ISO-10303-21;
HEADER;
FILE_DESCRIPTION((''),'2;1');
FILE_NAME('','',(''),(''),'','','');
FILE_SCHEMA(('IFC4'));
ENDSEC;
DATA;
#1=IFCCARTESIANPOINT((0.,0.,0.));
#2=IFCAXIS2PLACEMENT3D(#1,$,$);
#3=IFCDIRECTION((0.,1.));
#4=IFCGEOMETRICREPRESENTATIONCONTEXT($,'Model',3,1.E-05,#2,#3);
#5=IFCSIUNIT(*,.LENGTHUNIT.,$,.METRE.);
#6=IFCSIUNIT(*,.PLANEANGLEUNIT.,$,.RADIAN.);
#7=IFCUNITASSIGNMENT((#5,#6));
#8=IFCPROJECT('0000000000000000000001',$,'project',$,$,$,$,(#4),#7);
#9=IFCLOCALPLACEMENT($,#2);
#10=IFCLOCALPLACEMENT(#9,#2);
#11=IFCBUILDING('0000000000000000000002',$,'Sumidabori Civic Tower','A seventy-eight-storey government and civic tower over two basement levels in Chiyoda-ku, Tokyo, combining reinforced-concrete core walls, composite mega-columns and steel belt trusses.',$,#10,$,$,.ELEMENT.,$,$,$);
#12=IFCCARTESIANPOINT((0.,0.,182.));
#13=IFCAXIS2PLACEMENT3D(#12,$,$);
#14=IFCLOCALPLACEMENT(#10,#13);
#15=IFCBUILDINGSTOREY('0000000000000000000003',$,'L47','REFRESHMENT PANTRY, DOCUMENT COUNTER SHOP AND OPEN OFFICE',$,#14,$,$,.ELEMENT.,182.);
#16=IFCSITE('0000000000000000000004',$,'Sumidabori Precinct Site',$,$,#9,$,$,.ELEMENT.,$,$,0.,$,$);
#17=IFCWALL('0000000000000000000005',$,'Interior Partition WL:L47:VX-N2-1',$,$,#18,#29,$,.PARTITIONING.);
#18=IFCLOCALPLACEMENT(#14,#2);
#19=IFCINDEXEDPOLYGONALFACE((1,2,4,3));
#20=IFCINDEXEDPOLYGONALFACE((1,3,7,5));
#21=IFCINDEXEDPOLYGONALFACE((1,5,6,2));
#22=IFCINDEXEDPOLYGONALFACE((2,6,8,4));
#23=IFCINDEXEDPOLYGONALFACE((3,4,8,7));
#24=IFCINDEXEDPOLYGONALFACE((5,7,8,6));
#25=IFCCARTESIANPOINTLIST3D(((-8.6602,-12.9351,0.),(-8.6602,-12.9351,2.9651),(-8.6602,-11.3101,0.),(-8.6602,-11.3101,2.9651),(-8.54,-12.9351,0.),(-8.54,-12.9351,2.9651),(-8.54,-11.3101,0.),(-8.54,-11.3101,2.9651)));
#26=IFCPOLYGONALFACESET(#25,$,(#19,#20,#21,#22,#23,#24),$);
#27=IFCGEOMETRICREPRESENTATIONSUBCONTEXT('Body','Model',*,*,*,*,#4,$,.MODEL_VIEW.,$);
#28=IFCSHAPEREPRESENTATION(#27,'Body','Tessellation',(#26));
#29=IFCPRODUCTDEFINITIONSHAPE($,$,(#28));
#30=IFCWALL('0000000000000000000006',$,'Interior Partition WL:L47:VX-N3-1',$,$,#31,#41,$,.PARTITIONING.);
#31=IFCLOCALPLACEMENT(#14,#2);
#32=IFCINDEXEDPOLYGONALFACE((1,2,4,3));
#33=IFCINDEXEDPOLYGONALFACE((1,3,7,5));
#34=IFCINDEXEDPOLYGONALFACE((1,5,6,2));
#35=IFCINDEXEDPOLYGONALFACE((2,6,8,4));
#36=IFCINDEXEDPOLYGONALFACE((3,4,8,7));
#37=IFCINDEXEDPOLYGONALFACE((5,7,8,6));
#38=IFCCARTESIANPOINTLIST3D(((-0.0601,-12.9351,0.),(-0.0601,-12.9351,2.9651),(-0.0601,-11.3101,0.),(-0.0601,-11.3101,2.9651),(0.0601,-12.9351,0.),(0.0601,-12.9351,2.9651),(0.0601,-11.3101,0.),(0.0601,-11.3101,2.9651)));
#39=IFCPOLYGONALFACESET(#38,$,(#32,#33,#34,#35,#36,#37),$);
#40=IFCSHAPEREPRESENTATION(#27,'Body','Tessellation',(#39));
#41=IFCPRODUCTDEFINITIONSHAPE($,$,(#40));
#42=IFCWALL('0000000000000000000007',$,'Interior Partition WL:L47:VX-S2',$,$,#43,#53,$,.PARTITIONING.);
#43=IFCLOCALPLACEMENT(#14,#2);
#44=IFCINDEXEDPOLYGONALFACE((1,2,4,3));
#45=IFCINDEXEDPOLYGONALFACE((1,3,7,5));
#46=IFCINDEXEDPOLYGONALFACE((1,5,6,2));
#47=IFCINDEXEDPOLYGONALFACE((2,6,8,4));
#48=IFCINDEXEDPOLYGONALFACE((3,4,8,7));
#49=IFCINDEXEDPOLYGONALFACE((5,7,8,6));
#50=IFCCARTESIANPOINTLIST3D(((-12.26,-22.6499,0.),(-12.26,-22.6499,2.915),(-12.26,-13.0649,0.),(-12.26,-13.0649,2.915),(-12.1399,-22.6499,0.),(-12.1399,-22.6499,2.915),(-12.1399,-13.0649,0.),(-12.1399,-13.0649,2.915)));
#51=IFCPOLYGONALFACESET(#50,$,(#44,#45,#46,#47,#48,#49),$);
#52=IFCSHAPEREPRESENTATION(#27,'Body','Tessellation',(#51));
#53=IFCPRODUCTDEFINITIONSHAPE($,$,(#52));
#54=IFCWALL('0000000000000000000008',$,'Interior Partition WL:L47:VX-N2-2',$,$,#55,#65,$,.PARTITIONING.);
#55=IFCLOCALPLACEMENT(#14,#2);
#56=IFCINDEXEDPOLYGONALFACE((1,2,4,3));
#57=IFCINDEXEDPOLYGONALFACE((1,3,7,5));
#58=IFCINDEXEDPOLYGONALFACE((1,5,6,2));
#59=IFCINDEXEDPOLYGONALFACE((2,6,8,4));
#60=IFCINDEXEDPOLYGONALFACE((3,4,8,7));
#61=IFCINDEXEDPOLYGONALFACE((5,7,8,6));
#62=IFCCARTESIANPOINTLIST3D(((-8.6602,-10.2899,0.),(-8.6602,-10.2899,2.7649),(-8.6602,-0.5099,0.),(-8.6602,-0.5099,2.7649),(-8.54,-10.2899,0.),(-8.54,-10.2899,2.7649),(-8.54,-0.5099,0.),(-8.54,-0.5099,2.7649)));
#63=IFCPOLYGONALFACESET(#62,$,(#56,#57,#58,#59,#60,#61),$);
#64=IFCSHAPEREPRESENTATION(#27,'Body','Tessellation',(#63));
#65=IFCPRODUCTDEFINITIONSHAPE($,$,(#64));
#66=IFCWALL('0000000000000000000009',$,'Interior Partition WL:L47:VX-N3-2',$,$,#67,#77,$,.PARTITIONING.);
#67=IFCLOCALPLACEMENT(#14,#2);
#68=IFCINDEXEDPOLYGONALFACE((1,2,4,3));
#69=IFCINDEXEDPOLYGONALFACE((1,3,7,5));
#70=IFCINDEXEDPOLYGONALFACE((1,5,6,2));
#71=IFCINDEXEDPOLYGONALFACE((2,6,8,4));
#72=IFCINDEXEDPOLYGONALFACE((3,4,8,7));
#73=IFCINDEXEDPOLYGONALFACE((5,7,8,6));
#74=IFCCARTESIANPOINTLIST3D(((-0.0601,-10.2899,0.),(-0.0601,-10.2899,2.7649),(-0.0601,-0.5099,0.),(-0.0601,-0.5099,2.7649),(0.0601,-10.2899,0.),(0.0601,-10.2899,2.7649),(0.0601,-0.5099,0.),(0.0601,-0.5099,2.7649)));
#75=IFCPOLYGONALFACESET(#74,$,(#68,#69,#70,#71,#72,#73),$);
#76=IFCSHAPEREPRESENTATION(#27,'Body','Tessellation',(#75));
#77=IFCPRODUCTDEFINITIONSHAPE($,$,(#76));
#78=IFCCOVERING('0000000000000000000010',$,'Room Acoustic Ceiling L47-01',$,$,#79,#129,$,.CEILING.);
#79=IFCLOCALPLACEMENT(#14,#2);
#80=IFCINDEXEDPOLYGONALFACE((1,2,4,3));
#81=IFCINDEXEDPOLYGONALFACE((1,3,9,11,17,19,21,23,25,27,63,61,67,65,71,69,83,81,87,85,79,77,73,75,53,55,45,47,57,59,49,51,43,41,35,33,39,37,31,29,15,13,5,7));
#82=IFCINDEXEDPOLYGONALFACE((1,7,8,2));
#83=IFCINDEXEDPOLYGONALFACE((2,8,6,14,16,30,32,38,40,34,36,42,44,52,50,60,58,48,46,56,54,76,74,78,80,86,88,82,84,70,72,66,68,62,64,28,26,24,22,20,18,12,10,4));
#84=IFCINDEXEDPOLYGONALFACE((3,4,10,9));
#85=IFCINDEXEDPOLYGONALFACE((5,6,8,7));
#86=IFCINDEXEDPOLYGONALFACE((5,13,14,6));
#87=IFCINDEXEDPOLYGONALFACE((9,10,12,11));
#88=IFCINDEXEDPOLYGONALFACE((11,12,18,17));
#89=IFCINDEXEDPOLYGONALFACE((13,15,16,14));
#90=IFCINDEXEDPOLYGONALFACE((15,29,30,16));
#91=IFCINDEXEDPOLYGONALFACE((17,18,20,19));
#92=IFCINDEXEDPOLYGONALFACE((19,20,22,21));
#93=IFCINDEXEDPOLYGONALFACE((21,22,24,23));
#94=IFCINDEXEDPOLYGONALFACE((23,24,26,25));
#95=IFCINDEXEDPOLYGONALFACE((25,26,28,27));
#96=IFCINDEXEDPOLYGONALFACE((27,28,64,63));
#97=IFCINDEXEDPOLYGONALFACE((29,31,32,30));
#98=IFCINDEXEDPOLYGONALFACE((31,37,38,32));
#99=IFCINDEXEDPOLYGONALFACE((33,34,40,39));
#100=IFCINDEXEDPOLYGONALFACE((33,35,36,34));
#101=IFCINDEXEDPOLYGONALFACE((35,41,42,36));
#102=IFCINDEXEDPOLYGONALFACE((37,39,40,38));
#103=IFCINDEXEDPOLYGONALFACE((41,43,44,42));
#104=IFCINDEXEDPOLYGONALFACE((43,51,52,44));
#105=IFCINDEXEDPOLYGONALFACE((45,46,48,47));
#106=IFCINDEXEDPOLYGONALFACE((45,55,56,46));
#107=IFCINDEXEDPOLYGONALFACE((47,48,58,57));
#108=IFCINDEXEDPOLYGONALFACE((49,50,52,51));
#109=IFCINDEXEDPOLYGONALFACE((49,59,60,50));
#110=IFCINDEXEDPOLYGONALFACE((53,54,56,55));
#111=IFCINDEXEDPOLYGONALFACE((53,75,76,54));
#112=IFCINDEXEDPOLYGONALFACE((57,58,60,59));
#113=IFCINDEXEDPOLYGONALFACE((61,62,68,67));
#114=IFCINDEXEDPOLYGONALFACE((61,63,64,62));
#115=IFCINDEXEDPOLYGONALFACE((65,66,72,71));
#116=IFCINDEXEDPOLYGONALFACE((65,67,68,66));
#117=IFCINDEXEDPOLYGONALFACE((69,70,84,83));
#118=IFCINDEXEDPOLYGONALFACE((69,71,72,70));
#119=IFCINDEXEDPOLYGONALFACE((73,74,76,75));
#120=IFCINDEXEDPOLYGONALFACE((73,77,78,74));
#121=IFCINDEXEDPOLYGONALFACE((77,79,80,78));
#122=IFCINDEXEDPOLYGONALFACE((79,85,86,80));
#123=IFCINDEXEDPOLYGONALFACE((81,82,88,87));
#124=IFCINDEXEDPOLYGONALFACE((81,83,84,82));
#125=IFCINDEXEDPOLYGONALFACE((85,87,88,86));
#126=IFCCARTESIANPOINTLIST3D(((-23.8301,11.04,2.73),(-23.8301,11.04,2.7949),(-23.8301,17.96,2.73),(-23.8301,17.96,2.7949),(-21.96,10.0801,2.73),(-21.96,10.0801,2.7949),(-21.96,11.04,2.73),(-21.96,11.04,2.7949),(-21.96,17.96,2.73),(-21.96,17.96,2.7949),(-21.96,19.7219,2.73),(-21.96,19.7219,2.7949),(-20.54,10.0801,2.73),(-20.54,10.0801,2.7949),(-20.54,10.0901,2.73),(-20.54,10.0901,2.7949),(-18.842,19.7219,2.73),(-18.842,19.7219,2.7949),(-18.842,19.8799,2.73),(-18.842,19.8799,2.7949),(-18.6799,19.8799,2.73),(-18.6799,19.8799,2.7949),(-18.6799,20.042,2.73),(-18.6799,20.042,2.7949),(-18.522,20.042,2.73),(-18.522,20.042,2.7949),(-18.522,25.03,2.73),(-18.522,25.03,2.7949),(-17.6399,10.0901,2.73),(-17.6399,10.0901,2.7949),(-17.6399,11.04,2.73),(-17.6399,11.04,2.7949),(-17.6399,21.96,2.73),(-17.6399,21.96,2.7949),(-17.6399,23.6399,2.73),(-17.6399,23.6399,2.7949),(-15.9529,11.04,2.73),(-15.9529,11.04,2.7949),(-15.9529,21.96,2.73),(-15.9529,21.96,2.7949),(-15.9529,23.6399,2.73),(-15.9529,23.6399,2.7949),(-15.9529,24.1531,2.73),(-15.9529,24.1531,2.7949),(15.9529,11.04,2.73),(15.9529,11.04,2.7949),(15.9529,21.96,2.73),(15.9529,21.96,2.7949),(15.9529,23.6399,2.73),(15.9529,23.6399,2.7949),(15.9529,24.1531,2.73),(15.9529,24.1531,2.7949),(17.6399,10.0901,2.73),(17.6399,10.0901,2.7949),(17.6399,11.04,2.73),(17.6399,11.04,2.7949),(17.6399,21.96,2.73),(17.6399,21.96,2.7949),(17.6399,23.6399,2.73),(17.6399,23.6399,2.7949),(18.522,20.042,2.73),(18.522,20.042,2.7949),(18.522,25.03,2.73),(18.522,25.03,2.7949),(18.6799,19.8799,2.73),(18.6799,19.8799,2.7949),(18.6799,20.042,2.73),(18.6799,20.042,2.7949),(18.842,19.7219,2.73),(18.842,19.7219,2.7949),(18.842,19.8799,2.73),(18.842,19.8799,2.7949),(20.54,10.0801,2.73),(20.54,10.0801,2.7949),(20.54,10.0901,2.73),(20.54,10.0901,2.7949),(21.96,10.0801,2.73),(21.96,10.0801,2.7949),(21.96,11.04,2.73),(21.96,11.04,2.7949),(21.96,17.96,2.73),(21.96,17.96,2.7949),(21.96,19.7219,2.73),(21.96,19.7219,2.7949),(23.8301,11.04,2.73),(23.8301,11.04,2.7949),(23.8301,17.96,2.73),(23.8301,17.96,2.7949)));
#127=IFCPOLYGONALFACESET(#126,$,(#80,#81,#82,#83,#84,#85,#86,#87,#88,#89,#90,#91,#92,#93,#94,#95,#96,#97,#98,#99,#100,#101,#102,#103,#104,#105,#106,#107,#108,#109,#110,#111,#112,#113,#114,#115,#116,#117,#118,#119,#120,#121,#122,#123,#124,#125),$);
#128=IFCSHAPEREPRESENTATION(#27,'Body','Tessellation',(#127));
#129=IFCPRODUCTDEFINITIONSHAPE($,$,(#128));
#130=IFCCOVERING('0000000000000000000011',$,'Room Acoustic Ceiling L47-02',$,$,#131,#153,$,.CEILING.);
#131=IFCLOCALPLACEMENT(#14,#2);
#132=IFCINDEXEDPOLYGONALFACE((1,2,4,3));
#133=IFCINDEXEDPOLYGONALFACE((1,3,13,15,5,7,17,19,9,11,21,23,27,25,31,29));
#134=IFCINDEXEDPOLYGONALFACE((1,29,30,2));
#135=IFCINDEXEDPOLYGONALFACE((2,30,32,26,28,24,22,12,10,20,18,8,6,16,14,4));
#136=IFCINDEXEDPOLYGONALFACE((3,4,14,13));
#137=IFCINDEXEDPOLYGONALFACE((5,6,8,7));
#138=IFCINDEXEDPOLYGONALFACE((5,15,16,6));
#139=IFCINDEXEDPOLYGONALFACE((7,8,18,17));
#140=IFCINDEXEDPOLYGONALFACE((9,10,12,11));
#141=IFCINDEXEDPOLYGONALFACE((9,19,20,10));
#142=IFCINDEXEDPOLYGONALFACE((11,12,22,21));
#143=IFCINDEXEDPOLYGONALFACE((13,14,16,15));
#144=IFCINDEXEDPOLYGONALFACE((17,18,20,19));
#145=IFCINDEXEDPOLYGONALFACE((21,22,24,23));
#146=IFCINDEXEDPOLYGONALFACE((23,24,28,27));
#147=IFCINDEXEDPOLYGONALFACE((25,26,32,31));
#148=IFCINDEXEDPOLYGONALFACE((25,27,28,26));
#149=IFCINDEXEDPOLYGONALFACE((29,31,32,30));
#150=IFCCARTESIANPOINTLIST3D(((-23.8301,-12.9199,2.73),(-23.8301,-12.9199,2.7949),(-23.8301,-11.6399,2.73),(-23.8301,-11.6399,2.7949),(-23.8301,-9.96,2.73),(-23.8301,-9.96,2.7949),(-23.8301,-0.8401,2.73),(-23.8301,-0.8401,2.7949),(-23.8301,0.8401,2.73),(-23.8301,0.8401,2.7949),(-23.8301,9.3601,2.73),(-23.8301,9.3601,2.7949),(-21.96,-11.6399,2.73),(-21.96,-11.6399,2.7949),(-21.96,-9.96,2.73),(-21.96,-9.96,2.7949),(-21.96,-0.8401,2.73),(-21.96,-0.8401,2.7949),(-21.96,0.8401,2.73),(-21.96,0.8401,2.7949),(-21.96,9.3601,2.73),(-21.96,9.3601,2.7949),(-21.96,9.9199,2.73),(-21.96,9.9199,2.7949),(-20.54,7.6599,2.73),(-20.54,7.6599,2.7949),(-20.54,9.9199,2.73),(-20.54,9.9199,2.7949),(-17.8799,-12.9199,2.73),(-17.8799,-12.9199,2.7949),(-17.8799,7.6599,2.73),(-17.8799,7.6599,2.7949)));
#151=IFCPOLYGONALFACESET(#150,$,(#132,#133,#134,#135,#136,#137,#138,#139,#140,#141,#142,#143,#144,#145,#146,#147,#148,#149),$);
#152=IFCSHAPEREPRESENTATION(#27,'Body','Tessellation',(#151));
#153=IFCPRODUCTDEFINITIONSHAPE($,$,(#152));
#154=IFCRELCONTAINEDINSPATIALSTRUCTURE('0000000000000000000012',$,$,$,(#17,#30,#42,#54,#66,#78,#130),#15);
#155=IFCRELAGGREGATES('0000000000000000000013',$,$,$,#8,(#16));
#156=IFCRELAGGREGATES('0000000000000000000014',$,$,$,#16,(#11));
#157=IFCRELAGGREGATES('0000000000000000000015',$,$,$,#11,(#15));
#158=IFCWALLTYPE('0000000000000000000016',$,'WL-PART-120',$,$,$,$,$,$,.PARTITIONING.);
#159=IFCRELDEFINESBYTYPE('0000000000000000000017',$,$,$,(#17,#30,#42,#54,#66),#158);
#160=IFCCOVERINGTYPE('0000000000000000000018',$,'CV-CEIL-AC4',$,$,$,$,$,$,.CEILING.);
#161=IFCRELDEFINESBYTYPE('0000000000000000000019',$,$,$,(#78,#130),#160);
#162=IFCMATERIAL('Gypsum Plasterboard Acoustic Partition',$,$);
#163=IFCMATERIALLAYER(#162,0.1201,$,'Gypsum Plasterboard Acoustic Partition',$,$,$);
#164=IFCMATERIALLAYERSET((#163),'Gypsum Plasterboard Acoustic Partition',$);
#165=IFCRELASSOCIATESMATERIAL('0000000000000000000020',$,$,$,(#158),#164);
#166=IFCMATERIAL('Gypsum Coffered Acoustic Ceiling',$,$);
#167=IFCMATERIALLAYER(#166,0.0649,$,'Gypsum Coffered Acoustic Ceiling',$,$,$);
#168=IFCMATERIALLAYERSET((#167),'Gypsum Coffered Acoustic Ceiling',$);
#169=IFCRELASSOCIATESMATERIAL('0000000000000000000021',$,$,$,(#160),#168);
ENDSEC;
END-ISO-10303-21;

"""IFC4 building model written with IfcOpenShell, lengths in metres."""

from ifc_helpers import new_model, si_unit, direction, frame, frame_2d, origin, place, context, subcontext, project, spatial, polyline, rectangle, outline, extrude, source, transform, mapped, material, layer, layer_set, type_object, element, save


model = new_model("IFC4")

# Units and contexts
model_context = context("Model", 3, precision=1e-05, world=origin(), true_north=direction((0.0, 1.0)))
body_context = subcontext(model_context, "Body", "Model", "MODEL_VIEW")
ifc_project = project(units=[si_unit("LENGTHUNIT", "METRE"), si_unit("PLANEANGLEUNIT", "RADIAN")], contexts=[model_context])

# Site, building, storey
site_placement = place(None, origin())
site = spatial("IfcSite", under=ifc_project, at=site_placement, Name="Sumidabori Precinct Site", CompositionType="ELEMENT", RefElevation=0.0)
building_placement = place(site_placement, origin())
building = spatial("IfcBuilding", under=site, at=building_placement, Name="Sumidabori Civic Tower", Description="A seventy-eight-storey government and civic tower over two basement levels in Chiyoda-ku, Tokyo, combining reinforced-concrete core walls, composite mega-columns and steel belt trusses.", CompositionType="ELEMENT")
storey_placement = place(building_placement, frame((0.0, 0.0, 182.0)))
storey = spatial("IfcBuildingStorey", under=building, at=storey_placement, Name="L47", Description="REFRESHMENT PANTRY, DOCUMENT COUNTER SHOP AND OPEN OFFICE", CompositionType="ELEMENT", Elevation=182.0)

# Walls
ifc_material_1 = material(Name="Gypsum Plasterboard Acoustic Partition")
ifc_layer_1 = layer(ifc_material_1, 0.1201, Name="Gypsum Plasterboard Acoustic Partition")
ifc_layer_set_1 = layer_set([ifc_layer_1], Name="Gypsum Plasterboard Acoustic Partition")
wall_type = type_object("IfcWallType", Name="WL-PART-120", PredefinedType="PARTITIONING", material=ifc_layer_set_1)
shared_shape_1 = source(origin(), body_context, "Body", "SweptSolid", [
    extrude(rectangle(XDim=1.625, YDim=0.1201, at=frame_2d((0.8125, 0.0))), origin(), (0.0, 0.0, 1.0), 2.9651),
])
for number, where, z_axis, x_axis, name in (
    (1, (-8.6001, -12.9351, 0.0), (0.0, 0.0, 1.0), (0.0, 1.0, 0.0), "Interior Partition WL:L47:VX-N2-1"),
    (2, (0.0, -12.9351, 0.0), (0.0, 0.0, 1.0), (0.0, 1.0, 0.0), "Interior Partition WL:L47:VX-N3-1"),
):
    element("IfcWall", number, at=place(storey_placement, frame(where, z_axis=z_axis, x_axis=x_axis)), inside=storey, type_object=wall_type, Name=name, PredefinedType="PARTITIONING", context=body_context, shape_type="MappedRepresentation", body=[
        mapped(shared_shape_1, transform((0.0, 0.0, 0.0), x_axis=(1.0, 0.0, 0.0), y_axis=(0.0, 1.0, 0.0), z_axis=(0.0, 0.0, 1.0), scale=1.0)),
    ])
shared_shape_2 = source(origin(), body_context, "Body", "SweptSolid", [
    extrude(rectangle(XDim=9.585, YDim=0.1201, at=frame_2d((4.7925, 0.0))), origin(), (0.0, 0.0, 1.0), 2.915),
])
wall_placement = place(storey_placement, frame((-12.2, -22.6499, 0.0), z_axis=(0.0, 0.0, 1.0), x_axis=(0.0, 1.0, 0.0)))
element("IfcWall", 3, at=wall_placement, inside=storey, type_object=wall_type, Name="Interior Partition WL:L47:VX-S2", PredefinedType="PARTITIONING", context=body_context, shape_type="MappedRepresentation", body=[
    mapped(shared_shape_2, transform((0.0, 0.0, 0.0), x_axis=(1.0, 0.0, 0.0), y_axis=(0.0, 1.0, 0.0), z_axis=(0.0, 0.0, 1.0), scale=1.0)),
])
shared_shape_3 = source(origin(), body_context, "Body", "SweptSolid", [
    extrude(rectangle(XDim=9.78, YDim=0.1201, at=frame_2d((4.8901, 0.0))), origin(), (0.0, 0.0, 1.0), 2.7649),
])
for number, where, z_axis, x_axis, name in (
    (4, (-8.6001, -10.29, 0.0), (0.0, 0.0, 1.0), (0.0, 1.0, 0.0), "Interior Partition WL:L47:VX-N2-2"),
    (5, (0.0, -10.29, 0.0), (0.0, 0.0, 1.0), (0.0, 1.0, 0.0), "Interior Partition WL:L47:VX-N3-2"),
):
    element("IfcWall", number, at=place(storey_placement, frame(where, z_axis=z_axis, x_axis=x_axis)), inside=storey, type_object=wall_type, Name=name, PredefinedType="PARTITIONING", context=body_context, shape_type="MappedRepresentation", body=[
        mapped(shared_shape_3, transform((0.0, 0.0, 0.0), x_axis=(1.0, 0.0, 0.0), y_axis=(0.0, 1.0, 0.0), z_axis=(0.0, 0.0, 1.0), scale=1.0)),
    ])

# Coverings
ifc_material_2 = material(Name="Gypsum Coffered Acoustic Ceiling")
ifc_layer_2 = layer(ifc_material_2, 0.0649, Name="Gypsum Coffered Acoustic Ceiling")
ifc_layer_set_2 = layer_set([ifc_layer_2], Name="Gypsum Coffered Acoustic Ceiling")
covering_type_1 = type_object("IfcCoveringType", Name="CV-CEIL-AC4", PredefinedType="CEILING", material=ifc_layer_set_2)
covering_1_placement = place(storey_placement, frame((0.0, 0.0, 2.73)))
element("IfcCovering", 6, at=covering_1_placement, inside=storey, type_object=covering_type_1, Name="Room Acoustic Ceiling L47-01", PredefinedType="CEILING", context=body_context, shape_type="SweptSolid", body=[
    extrude(outline(polyline([(-23.8301, 17.96), (-21.96, 17.96), (-21.96, 19.7219), (-18.842, 19.7219), (-18.842, 19.8799), (-18.6799, 19.8799), (-18.6799, 20.042), (-18.522, 20.042), (-18.522, 25.03), (18.522, 25.03), (18.522, 20.042), (18.6799, 20.042), (18.6799, 19.8799), (18.842, 19.8799), (18.842, 19.7219), (21.96, 19.7219), (21.96, 17.96), (23.8301, 17.96), (23.8301, 11.04), (21.96, 11.04), (21.96, 10.0801), (20.54, 10.0801), (20.54, 10.0901), (17.6399, 10.0901), (17.6399, 11.04), (15.9529, 11.04), (15.9529, 21.96), (17.6399, 21.96), (17.6399, 23.6399), (15.9529, 23.6399), (15.9529, 24.1531), (-15.9529, 24.1531), (-15.9529, 23.6399), (-17.6399, 23.6399), (-17.6399, 21.96), (-15.9529, 21.96), (-15.9529, 11.04), (-17.6399, 11.04), (-17.6399, 10.0901), (-20.54, 10.0901), (-20.54, 10.0801), (-21.96, 10.0801), (-21.96, 11.04), (-23.8301, 11.04), (-23.8301, 17.96)])), origin(), (0.0, 0.0, 1.0), 0.0649),
])
covering_2_placement = place(storey_placement, frame((0.0, 0.0, 2.73)))
element("IfcCovering", 7, at=covering_2_placement, inside=storey, type_object=covering_type_1, Name="Room Acoustic Ceiling L47-02", PredefinedType="CEILING", context=body_context, shape_type="SweptSolid", body=[
    extrude(outline(polyline([(-23.8301, -0.8401), (-21.96, -0.8401), (-21.96, 0.8401), (-23.8301, 0.8401), (-23.8301, 9.3601), (-21.96, 9.3601), (-21.96, 9.9199), (-20.54, 9.9199), (-20.54, 7.6599), (-17.8799, 7.6599), (-17.8799, -12.9199), (-23.8301, -12.9199), (-23.8301, -11.6399), (-21.96, -11.6399), (-21.96, -9.96), (-23.8301, -9.96), (-23.8301, -0.8401)])), origin(), (0.0, 0.0, 1.0), 0.0649),
])

save(model, "model.ifc")
